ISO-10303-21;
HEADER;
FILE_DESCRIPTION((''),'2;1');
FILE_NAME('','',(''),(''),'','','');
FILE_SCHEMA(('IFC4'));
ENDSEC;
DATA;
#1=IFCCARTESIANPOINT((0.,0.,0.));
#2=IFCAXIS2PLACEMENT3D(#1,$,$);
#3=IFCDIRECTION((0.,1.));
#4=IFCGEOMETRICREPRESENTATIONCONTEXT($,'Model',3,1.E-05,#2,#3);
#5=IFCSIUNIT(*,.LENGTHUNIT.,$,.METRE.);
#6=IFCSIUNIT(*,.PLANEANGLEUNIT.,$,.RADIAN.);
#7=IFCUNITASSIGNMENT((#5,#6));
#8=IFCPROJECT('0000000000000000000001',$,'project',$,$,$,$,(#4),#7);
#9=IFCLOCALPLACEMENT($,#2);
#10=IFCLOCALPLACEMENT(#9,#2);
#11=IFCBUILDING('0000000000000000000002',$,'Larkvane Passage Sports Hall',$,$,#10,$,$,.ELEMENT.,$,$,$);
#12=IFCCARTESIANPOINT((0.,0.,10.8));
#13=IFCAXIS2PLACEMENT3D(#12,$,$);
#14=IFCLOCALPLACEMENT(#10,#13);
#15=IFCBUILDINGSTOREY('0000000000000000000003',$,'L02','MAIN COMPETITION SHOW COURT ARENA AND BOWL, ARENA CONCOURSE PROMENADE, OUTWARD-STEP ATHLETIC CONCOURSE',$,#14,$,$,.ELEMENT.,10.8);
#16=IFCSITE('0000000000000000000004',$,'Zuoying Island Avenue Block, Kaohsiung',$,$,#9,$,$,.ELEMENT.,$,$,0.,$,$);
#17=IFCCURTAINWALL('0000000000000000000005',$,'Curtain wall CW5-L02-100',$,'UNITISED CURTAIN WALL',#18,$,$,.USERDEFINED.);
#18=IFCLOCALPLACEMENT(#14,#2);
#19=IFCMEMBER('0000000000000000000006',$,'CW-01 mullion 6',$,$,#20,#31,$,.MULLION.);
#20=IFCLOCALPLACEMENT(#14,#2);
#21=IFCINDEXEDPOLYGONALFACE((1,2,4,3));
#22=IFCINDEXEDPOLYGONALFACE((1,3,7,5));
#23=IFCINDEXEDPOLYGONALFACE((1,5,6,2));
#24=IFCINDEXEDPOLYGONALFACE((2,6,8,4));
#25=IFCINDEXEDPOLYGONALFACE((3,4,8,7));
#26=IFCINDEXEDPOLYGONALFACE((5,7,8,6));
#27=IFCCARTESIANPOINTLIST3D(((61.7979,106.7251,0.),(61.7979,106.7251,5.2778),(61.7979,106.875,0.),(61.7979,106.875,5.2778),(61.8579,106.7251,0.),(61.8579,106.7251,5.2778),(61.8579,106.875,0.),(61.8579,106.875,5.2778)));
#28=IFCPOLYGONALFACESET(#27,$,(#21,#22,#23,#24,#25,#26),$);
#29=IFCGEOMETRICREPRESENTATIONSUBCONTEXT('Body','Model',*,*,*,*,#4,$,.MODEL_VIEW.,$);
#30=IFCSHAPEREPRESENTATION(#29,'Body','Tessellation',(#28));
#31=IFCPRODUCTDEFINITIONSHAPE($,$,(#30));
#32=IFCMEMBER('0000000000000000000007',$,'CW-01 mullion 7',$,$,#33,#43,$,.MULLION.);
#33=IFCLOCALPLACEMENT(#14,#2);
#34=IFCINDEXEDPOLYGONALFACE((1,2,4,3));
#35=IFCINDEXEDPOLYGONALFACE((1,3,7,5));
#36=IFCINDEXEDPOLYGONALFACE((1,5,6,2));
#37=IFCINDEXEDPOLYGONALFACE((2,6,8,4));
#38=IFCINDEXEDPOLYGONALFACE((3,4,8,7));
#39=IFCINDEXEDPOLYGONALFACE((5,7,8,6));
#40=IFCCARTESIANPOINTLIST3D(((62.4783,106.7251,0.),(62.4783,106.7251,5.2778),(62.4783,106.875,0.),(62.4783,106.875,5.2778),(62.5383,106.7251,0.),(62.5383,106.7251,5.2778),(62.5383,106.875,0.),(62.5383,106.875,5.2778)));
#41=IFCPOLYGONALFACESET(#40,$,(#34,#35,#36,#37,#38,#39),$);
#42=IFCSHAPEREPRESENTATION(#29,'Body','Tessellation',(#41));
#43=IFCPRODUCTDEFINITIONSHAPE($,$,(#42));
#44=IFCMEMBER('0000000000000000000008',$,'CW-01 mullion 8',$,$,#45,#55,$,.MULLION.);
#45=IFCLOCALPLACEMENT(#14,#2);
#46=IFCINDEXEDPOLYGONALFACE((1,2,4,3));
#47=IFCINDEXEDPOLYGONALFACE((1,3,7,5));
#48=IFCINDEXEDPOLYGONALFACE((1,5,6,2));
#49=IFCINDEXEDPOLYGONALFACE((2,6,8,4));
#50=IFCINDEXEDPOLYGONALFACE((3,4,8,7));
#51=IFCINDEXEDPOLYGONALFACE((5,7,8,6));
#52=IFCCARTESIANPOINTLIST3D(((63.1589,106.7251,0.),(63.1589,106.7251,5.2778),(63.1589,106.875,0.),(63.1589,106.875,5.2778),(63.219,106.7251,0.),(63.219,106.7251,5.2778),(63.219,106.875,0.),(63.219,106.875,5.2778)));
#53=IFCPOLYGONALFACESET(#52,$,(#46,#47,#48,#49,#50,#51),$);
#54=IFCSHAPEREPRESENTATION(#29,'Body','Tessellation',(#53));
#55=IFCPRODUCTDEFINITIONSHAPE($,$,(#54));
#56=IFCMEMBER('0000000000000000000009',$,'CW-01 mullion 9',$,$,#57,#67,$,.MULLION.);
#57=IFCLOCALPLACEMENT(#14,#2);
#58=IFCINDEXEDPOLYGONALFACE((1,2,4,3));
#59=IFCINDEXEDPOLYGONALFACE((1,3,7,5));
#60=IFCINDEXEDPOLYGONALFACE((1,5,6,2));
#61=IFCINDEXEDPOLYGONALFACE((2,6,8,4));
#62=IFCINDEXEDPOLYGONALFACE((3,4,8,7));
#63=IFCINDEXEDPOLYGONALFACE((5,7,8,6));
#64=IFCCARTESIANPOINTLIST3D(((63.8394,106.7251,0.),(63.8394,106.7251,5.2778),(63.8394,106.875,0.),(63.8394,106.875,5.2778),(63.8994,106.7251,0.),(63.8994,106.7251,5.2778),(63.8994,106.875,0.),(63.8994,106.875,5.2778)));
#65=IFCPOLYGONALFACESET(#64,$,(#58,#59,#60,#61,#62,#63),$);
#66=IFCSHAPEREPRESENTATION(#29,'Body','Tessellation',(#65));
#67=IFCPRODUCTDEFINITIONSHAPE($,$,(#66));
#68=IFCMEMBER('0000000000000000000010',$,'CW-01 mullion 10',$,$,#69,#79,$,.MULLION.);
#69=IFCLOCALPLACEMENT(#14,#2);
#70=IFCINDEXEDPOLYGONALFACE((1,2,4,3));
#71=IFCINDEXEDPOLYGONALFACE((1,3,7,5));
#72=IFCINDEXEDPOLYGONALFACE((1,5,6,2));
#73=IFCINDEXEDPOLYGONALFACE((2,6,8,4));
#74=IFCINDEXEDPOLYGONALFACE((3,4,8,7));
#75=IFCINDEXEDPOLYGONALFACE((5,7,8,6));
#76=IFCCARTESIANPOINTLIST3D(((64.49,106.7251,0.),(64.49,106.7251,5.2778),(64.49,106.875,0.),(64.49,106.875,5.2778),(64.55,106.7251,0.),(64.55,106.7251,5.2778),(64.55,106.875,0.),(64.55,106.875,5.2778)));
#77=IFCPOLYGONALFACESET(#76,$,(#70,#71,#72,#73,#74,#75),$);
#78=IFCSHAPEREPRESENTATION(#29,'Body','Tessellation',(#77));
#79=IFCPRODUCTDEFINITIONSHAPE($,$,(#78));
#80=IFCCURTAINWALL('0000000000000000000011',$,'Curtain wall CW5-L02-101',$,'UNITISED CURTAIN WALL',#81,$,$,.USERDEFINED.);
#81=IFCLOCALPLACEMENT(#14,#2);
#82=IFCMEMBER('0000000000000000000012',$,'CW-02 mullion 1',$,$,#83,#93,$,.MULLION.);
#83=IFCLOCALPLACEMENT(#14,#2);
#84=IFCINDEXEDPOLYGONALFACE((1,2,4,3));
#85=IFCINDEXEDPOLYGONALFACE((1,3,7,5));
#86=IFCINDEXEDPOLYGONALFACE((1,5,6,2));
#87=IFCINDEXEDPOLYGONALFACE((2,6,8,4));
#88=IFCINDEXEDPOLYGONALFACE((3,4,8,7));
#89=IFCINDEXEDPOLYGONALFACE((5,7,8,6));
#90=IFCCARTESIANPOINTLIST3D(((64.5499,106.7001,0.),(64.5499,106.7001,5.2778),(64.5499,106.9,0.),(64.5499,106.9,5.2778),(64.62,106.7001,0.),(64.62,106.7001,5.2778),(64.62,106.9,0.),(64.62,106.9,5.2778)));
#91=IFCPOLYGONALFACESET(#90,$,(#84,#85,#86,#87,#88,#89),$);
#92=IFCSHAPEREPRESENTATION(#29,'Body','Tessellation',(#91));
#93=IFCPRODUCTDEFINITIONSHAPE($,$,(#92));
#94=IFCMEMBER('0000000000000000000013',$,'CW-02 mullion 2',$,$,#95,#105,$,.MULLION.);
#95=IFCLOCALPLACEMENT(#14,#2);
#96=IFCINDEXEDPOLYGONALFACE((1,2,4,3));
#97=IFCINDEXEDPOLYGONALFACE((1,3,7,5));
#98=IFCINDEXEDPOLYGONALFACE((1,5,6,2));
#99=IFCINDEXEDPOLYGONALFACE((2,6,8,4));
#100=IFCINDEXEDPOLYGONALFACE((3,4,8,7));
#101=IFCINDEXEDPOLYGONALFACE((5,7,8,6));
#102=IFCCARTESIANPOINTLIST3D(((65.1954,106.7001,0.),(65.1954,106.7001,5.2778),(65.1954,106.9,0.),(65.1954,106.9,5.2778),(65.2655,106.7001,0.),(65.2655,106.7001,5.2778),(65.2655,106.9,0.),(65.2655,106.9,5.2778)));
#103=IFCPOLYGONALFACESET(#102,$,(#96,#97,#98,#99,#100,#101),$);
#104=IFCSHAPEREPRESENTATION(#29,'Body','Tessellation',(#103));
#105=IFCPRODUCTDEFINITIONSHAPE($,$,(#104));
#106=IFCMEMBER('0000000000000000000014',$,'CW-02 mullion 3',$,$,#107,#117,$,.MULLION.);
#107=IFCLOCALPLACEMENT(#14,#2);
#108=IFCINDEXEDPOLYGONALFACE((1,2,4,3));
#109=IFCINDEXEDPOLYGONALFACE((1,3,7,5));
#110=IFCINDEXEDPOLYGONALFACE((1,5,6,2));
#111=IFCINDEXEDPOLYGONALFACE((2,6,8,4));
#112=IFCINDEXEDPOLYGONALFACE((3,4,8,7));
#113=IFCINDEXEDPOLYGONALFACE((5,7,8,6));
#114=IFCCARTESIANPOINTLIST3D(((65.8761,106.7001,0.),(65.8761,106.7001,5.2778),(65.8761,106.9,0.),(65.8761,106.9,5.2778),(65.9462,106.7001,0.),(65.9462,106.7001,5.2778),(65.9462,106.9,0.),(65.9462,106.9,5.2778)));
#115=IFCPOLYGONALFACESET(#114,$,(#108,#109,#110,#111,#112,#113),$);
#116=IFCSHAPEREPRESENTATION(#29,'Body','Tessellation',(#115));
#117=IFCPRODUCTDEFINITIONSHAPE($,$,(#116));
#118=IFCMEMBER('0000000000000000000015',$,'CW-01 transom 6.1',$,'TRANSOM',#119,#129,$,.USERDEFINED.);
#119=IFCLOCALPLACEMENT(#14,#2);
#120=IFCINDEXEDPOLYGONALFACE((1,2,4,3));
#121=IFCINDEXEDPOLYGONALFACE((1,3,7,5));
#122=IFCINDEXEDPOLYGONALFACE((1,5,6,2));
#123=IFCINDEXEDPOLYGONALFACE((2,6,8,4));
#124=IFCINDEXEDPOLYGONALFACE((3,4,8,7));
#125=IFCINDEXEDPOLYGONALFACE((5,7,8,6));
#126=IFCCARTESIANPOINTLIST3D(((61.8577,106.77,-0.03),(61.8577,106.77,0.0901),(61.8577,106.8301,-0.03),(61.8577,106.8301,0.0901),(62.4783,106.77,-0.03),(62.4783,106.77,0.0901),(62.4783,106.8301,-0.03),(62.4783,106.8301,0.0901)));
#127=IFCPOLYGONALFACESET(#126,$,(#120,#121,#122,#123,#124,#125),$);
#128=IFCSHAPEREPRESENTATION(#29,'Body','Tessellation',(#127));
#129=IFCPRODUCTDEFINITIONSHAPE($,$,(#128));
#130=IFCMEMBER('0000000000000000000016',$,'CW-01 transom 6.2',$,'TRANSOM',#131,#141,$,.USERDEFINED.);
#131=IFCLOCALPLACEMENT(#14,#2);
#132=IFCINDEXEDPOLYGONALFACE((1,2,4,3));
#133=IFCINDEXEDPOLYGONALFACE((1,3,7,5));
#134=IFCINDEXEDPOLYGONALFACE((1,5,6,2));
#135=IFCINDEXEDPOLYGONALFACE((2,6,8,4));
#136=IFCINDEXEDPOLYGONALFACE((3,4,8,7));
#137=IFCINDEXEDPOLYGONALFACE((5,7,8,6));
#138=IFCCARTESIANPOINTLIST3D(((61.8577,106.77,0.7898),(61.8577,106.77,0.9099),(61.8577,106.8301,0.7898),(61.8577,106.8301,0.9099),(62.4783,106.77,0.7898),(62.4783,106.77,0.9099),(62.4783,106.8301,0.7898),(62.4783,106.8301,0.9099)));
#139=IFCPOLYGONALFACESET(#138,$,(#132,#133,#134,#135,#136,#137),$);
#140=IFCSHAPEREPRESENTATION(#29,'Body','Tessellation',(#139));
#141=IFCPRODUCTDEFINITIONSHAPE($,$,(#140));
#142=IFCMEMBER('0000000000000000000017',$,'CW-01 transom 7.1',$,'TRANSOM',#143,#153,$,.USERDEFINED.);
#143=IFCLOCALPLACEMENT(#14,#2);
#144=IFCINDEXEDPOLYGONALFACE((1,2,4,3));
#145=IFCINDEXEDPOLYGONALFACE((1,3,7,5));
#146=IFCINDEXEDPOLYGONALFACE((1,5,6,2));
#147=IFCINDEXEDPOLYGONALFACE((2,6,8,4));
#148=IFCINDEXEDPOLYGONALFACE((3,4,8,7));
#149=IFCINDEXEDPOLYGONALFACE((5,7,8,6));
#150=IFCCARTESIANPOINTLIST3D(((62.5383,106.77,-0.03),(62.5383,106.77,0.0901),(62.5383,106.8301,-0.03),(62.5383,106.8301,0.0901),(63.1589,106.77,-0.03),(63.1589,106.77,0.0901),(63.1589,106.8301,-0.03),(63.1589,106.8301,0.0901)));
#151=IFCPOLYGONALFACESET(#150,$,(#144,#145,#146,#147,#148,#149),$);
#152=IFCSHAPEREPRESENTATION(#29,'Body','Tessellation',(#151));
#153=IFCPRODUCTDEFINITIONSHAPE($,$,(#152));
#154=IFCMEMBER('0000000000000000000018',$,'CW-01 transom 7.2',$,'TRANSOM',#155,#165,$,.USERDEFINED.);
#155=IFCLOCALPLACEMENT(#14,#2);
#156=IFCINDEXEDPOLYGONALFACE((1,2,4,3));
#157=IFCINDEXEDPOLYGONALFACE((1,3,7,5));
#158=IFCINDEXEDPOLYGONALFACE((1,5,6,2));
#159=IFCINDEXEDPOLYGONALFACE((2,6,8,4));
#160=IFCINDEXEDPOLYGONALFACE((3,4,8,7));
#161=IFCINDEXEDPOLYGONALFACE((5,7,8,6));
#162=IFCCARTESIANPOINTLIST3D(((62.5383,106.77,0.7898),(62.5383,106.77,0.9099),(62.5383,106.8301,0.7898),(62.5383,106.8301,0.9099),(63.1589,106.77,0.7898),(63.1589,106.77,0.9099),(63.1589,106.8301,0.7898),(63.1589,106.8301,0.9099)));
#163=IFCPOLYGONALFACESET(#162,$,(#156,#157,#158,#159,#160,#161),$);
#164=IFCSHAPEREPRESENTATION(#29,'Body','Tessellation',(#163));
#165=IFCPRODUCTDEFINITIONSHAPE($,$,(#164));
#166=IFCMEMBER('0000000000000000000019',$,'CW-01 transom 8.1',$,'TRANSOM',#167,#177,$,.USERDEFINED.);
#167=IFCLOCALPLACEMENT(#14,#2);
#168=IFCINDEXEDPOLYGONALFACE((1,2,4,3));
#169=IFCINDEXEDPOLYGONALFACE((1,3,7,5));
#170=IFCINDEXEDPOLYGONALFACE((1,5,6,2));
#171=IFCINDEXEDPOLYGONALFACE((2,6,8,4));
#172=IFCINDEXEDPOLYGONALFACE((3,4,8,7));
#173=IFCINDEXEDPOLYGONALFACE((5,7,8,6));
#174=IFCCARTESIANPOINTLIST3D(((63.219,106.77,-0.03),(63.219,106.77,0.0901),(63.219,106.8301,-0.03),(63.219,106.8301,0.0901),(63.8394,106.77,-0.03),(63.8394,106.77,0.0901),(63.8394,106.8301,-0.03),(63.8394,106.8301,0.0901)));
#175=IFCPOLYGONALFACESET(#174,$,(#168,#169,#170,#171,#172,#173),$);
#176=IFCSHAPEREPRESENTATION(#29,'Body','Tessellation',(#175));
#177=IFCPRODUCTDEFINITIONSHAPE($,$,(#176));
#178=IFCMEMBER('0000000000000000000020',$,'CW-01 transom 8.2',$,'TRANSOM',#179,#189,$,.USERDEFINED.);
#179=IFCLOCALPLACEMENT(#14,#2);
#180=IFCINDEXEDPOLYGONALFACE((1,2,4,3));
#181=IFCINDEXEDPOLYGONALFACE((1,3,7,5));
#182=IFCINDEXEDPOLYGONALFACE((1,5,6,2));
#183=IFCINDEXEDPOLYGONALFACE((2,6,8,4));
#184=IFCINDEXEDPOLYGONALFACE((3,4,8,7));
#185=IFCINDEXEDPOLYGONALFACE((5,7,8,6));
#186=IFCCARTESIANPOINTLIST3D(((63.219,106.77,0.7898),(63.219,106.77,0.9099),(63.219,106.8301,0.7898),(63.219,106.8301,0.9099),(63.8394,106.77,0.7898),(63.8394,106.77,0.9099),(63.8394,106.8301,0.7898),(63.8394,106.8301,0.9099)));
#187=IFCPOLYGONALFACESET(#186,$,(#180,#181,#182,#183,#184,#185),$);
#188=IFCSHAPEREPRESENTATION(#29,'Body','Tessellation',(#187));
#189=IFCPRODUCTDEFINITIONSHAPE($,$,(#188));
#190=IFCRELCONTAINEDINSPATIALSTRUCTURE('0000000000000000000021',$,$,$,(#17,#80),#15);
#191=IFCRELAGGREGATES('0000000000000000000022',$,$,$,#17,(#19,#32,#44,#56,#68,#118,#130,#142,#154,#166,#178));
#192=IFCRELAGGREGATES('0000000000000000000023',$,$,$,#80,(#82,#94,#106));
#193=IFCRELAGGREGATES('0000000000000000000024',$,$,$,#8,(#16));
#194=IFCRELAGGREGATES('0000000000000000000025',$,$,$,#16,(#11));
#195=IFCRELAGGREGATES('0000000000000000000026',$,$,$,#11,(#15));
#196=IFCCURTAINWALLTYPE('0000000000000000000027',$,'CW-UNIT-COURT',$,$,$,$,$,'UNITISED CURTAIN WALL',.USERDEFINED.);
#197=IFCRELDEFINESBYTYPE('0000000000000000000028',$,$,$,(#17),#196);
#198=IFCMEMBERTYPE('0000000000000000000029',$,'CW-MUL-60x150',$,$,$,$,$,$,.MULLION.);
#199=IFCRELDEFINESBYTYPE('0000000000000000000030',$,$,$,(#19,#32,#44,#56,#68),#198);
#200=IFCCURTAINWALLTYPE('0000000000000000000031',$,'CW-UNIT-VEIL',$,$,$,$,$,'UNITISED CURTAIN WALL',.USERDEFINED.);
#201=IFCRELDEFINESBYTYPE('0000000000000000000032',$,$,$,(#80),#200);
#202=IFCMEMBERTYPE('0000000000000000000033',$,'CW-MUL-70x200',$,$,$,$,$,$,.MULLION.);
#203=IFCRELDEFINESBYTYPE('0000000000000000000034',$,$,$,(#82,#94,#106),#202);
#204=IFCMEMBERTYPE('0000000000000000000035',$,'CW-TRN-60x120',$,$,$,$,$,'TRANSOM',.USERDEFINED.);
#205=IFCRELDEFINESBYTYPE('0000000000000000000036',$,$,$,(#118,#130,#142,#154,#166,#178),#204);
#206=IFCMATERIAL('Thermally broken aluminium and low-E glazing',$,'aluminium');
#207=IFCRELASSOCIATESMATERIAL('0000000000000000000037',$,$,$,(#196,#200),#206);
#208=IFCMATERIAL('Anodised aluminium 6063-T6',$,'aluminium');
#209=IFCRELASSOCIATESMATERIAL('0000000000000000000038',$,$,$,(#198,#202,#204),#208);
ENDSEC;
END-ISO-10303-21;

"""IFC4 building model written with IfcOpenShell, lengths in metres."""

from ifc_helpers import new_model, si_unit, direction, frame, origin, origin_2d, place, context, subcontext, project, spatial, rectangle, extrude, material, material_profile, profile_set, type_object, element, aggregate, save


model = new_model("IFC4")

# Units and contexts
model_context = context("Model", 3, precision=1e-05, world=origin(), true_north=direction((0.0, 1.0)))
body_context = subcontext(model_context, "Body", "Model", "MODEL_VIEW")
ifc_project = project(units=[si_unit("LENGTHUNIT", "METRE"), si_unit("PLANEANGLEUNIT", "RADIAN")], contexts=[model_context])

# Site, building, storey
site_placement = place(None, origin())
site = spatial("IfcSite", under=ifc_project, at=site_placement, Name="Zuoying Island Avenue Block, Kaohsiung", CompositionType="ELEMENT", RefElevation=0.0)
building_placement = place(site_placement, origin())
building = spatial("IfcBuilding", under=site, at=building_placement, Name="Larkvane Passage Sports Hall", CompositionType="ELEMENT")
storey_placement = place(building_placement, frame((0.0, 0.0, 10.8)))
storey = spatial("IfcBuildingStorey", under=building, at=storey_placement, Name="L02", Description="MAIN COMPETITION SHOW COURT ARENA AND BOWL, ARENA CONCOURSE PROMENADE, OUTWARD-STEP ATHLETIC CONCOURSE", CompositionType="ELEMENT", Elevation=10.8)

# Curtain walls, members
ifc_material_1 = material(Name="Thermally broken aluminium and low-E glazing", Category="aluminium")
curtain_wall_type_1 = type_object("IfcCurtainWallType", Name="CW-UNIT-COURT", ElementType="UNITISED CURTAIN WALL", PredefinedType="USERDEFINED", material=ifc_material_1)
curtain_wall_1_placement = place(storey_placement, origin())
curtain_wall_1 = element("IfcCurtainWall", 1, at=curtain_wall_1_placement, inside=storey, type_object=curtain_wall_type_1, Name="Curtain wall CW5-L02-100", ObjectType="UNITISED CURTAIN WALL", PredefinedType="USERDEFINED")
ifc_material_2 = material(Name="Anodised aluminium 6063-T6", Category="aluminium")
ifc_material_profile_1 = material_profile(ifc_material_2, rectangle(XDim=0.0601, YDim=0.1499, at=origin_2d()), Name="ALU-MUL-60x150")
ifc_profile_set_1 = profile_set([ifc_material_profile_1], Name="Anodised aluminium 6063-T6")
member_type_1 = type_object("IfcMemberType", Name="CW-MUL-60x150", PredefinedType="MULLION", material=ifc_profile_set_1)
member_1_placement = place(storey_placement, frame((61.8279, 106.8, 0.0), z_axis=(0.0, 0.0, 1.0), x_axis=(1.0, 0.0, 0.0)))
member_1 = element("IfcMember", 2, at=member_1_placement, type_object=member_type_1, Name="CW-01 mullion 6", PredefinedType="MULLION", context=body_context, shape_type="SweptSolid", body=[
    extrude(rectangle(XDim=0.0601, YDim=0.1499, at=origin_2d()), origin(), (0.0, 0.0, 1.0), 5.2778),
])
member_2_placement = place(storey_placement, frame((62.5083, 106.8, 0.0), z_axis=(0.0, 0.0, 1.0), x_axis=(1.0, 0.0, 0.0)))
member_2 = element("IfcMember", 3, at=member_2_placement, type_object=member_type_1, Name="CW-01 mullion 7", PredefinedType="MULLION", context=body_context, shape_type="SweptSolid", body=[
    extrude(rectangle(XDim=0.0601, YDim=0.1499, at=origin_2d()), origin(), (0.0, 0.0, 1.0), 5.2778),
])
member_3_placement = place(storey_placement, frame((63.189, 106.8, 0.0), z_axis=(0.0, 0.0, 1.0), x_axis=(1.0, 0.0, 0.0)))
member_3 = element("IfcMember", 4, at=member_3_placement, type_object=member_type_1, Name="CW-01 mullion 8", PredefinedType="MULLION", context=body_context, shape_type="SweptSolid", body=[
    extrude(rectangle(XDim=0.0601, YDim=0.1499, at=origin_2d()), origin(), (0.0, 0.0, 1.0), 5.2778),
])
member_4_placement = place(storey_placement, frame((63.8694, 106.8, 0.0), z_axis=(0.0, 0.0, 1.0), x_axis=(1.0, 0.0, 0.0)))
member_4 = element("IfcMember", 5, at=member_4_placement, type_object=member_type_1, Name="CW-01 mullion 9", PredefinedType="MULLION", context=body_context, shape_type="SweptSolid", body=[
    extrude(rectangle(XDim=0.0601, YDim=0.1499, at=origin_2d()), origin(), (0.0, 0.0, 1.0), 5.2778),
])
member_5_placement = place(storey_placement, frame((64.52, 106.8, 0.0), z_axis=(0.0, 0.0, 1.0), x_axis=(1.0, 0.0, 0.0)))
member_5 = element("IfcMember", 6, at=member_5_placement, type_object=member_type_1, Name="CW-01 mullion 10", PredefinedType="MULLION", context=body_context, shape_type="SweptSolid", body=[
    extrude(rectangle(XDim=0.0601, YDim=0.1499, at=origin_2d()), origin(), (0.0, 0.0, 1.0), 5.2778),
])
curtain_wall_type_2 = type_object("IfcCurtainWallType", Name="CW-UNIT-VEIL", ElementType="UNITISED CURTAIN WALL", PredefinedType="USERDEFINED", material=ifc_material_1)
curtain_wall_2_placement = place(storey_placement, origin())
curtain_wall_2 = element("IfcCurtainWall", 7, at=curtain_wall_2_placement, inside=storey, type_object=curtain_wall_type_2, Name="Curtain wall CW5-L02-101", ObjectType="UNITISED CURTAIN WALL", PredefinedType="USERDEFINED")
ifc_material_profile_2 = material_profile(ifc_material_2, rectangle(XDim=0.0701, YDim=0.2, at=origin_2d()), Name="ALU-MUL-70x200")
ifc_profile_set_2 = profile_set([ifc_material_profile_2], Name="Anodised aluminium 6063-T6")
member_type_2 = type_object("IfcMemberType", Name="CW-MUL-70x200", PredefinedType="MULLION", material=ifc_profile_set_2)
member_6_placement = place(storey_placement, frame((64.585, 106.8, 0.0), z_axis=(0.0, 0.0, 1.0), x_axis=(1.0, 0.0, 0.0)))
member_6 = element("IfcMember", 8, at=member_6_placement, type_object=member_type_2, Name="CW-02 mullion 1", PredefinedType="MULLION", context=body_context, shape_type="SweptSolid", body=[
    extrude(rectangle(XDim=0.0701, YDim=0.2, at=origin_2d()), origin(), (0.0, 0.0, 1.0), 5.2778),
])
member_7_placement = place(storey_placement, frame((65.2305, 106.8, 0.0), z_axis=(0.0, 0.0, 1.0), x_axis=(1.0, 0.0, 0.0)))
member_7 = element("IfcMember", 9, at=member_7_placement, type_object=member_type_2, Name="CW-02 mullion 2", PredefinedType="MULLION", context=body_context, shape_type="SweptSolid", body=[
    extrude(rectangle(XDim=0.0701, YDim=0.2, at=origin_2d()), origin(), (0.0, 0.0, 1.0), 5.2778),
])
member_8_placement = place(storey_placement, frame((65.9111, 106.8, 0.0), z_axis=(0.0, 0.0, 1.0), x_axis=(1.0, 0.0, 0.0)))
member_8 = element("IfcMember", 10, at=member_8_placement, type_object=member_type_2, Name="CW-02 mullion 3", PredefinedType="MULLION", context=body_context, shape_type="SweptSolid", body=[
    extrude(rectangle(XDim=0.0701, YDim=0.2, at=origin_2d()), origin(), (0.0, 0.0, 1.0), 5.2778),
])

# Members
ifc_material_profile_3 = material_profile(ifc_material_2, rectangle(XDim=0.0601, YDim=0.1201, at=origin_2d()), Name="ALU-TRN-60x120")
ifc_profile_set_3 = profile_set([ifc_material_profile_3], Name="Anodised aluminium 6063-T6")
member_type_3 = type_object("IfcMemberType", Name="CW-TRN-60x120", ElementType="TRANSOM", PredefinedType="USERDEFINED", material=ifc_profile_set_3)
member_9_placement = place(storey_placement, frame((61.8577, 106.8, 0.03), z_axis=(1.0, 0.0, 0.0), x_axis=(0.0, 1.0, 0.0)))
member_9 = element("IfcMember", 11, at=member_9_placement, type_object=member_type_3, Name="CW-01 transom 6.1", ObjectType="TRANSOM", PredefinedType="USERDEFINED", context=body_context, shape_type="SweptSolid", body=[
    extrude(rectangle(XDim=0.0601, YDim=0.1201, at=origin_2d()), origin(), (0.0, 0.0, 1.0), 0.6206),
])
member_10_placement = place(storey_placement, frame((61.8577, 106.8, 0.8499), z_axis=(1.0, 0.0, 0.0), x_axis=(0.0, 1.0, 0.0)))
member_10 = element("IfcMember", 12, at=member_10_placement, type_object=member_type_3, Name="CW-01 transom 6.2", ObjectType="TRANSOM", PredefinedType="USERDEFINED", context=body_context, shape_type="SweptSolid", body=[
    extrude(rectangle(XDim=0.0601, YDim=0.1201, at=origin_2d()), origin(), (0.0, 0.0, 1.0), 0.6206),
])
member_11_placement = place(storey_placement, frame((62.5383, 106.8, 0.03), z_axis=(1.0, 0.0, 0.0), x_axis=(0.0, 1.0, 0.0)))
member_11 = element("IfcMember", 13, at=member_11_placement, type_object=member_type_3, Name="CW-01 transom 7.1", ObjectType="TRANSOM", PredefinedType="USERDEFINED", context=body_context, shape_type="SweptSolid", body=[
    extrude(rectangle(XDim=0.0601, YDim=0.1201, at=origin_2d()), origin(), (0.0, 0.0, 1.0), 0.6206),
])
member_12_placement = place(storey_placement, frame((62.5383, 106.8, 0.8499), z_axis=(1.0, 0.0, 0.0), x_axis=(0.0, 1.0, 0.0)))
member_12 = element("IfcMember", 14, at=member_12_placement, type_object=member_type_3, Name="CW-01 transom 7.2", ObjectType="TRANSOM", PredefinedType="USERDEFINED", context=body_context, shape_type="SweptSolid", body=[
    extrude(rectangle(XDim=0.0601, YDim=0.1201, at=origin_2d()), origin(), (0.0, 0.0, 1.0), 0.6206),
])
member_13_placement = place(storey_placement, frame((63.219, 106.8, 0.03), z_axis=(1.0, 0.0, 0.0), x_axis=(0.0, 1.0, 0.0)))
member_13 = element("IfcMember", 15, at=member_13_placement, type_object=member_type_3, Name="CW-01 transom 8.1", ObjectType="TRANSOM", PredefinedType="USERDEFINED", context=body_context, shape_type="SweptSolid", body=[
    extrude(rectangle(XDim=0.0601, YDim=0.1201, at=origin_2d()), origin(), (0.0, 0.0, 1.0), 0.6204),
])
member_14_placement = place(storey_placement, frame((63.219, 106.8, 0.8499), z_axis=(1.0, 0.0, 0.0), x_axis=(0.0, 1.0, 0.0)))
member_14 = element("IfcMember", 16, at=member_14_placement, type_object=member_type_3, Name="CW-01 transom 8.2", ObjectType="TRANSOM", PredefinedType="USERDEFINED", context=body_context, shape_type="SweptSolid", body=[
    extrude(rectangle(XDim=0.0601, YDim=0.1201, at=origin_2d()), origin(), (0.0, 0.0, 1.0), 0.6204),
])

aggregate(curtain_wall_1, [member_1, member_2, member_3, member_4, member_5, member_9, member_10, member_11, member_12, member_13, member_14])
aggregate(curtain_wall_2, [member_6, member_7, member_8])

save(model, "model.ifc")
